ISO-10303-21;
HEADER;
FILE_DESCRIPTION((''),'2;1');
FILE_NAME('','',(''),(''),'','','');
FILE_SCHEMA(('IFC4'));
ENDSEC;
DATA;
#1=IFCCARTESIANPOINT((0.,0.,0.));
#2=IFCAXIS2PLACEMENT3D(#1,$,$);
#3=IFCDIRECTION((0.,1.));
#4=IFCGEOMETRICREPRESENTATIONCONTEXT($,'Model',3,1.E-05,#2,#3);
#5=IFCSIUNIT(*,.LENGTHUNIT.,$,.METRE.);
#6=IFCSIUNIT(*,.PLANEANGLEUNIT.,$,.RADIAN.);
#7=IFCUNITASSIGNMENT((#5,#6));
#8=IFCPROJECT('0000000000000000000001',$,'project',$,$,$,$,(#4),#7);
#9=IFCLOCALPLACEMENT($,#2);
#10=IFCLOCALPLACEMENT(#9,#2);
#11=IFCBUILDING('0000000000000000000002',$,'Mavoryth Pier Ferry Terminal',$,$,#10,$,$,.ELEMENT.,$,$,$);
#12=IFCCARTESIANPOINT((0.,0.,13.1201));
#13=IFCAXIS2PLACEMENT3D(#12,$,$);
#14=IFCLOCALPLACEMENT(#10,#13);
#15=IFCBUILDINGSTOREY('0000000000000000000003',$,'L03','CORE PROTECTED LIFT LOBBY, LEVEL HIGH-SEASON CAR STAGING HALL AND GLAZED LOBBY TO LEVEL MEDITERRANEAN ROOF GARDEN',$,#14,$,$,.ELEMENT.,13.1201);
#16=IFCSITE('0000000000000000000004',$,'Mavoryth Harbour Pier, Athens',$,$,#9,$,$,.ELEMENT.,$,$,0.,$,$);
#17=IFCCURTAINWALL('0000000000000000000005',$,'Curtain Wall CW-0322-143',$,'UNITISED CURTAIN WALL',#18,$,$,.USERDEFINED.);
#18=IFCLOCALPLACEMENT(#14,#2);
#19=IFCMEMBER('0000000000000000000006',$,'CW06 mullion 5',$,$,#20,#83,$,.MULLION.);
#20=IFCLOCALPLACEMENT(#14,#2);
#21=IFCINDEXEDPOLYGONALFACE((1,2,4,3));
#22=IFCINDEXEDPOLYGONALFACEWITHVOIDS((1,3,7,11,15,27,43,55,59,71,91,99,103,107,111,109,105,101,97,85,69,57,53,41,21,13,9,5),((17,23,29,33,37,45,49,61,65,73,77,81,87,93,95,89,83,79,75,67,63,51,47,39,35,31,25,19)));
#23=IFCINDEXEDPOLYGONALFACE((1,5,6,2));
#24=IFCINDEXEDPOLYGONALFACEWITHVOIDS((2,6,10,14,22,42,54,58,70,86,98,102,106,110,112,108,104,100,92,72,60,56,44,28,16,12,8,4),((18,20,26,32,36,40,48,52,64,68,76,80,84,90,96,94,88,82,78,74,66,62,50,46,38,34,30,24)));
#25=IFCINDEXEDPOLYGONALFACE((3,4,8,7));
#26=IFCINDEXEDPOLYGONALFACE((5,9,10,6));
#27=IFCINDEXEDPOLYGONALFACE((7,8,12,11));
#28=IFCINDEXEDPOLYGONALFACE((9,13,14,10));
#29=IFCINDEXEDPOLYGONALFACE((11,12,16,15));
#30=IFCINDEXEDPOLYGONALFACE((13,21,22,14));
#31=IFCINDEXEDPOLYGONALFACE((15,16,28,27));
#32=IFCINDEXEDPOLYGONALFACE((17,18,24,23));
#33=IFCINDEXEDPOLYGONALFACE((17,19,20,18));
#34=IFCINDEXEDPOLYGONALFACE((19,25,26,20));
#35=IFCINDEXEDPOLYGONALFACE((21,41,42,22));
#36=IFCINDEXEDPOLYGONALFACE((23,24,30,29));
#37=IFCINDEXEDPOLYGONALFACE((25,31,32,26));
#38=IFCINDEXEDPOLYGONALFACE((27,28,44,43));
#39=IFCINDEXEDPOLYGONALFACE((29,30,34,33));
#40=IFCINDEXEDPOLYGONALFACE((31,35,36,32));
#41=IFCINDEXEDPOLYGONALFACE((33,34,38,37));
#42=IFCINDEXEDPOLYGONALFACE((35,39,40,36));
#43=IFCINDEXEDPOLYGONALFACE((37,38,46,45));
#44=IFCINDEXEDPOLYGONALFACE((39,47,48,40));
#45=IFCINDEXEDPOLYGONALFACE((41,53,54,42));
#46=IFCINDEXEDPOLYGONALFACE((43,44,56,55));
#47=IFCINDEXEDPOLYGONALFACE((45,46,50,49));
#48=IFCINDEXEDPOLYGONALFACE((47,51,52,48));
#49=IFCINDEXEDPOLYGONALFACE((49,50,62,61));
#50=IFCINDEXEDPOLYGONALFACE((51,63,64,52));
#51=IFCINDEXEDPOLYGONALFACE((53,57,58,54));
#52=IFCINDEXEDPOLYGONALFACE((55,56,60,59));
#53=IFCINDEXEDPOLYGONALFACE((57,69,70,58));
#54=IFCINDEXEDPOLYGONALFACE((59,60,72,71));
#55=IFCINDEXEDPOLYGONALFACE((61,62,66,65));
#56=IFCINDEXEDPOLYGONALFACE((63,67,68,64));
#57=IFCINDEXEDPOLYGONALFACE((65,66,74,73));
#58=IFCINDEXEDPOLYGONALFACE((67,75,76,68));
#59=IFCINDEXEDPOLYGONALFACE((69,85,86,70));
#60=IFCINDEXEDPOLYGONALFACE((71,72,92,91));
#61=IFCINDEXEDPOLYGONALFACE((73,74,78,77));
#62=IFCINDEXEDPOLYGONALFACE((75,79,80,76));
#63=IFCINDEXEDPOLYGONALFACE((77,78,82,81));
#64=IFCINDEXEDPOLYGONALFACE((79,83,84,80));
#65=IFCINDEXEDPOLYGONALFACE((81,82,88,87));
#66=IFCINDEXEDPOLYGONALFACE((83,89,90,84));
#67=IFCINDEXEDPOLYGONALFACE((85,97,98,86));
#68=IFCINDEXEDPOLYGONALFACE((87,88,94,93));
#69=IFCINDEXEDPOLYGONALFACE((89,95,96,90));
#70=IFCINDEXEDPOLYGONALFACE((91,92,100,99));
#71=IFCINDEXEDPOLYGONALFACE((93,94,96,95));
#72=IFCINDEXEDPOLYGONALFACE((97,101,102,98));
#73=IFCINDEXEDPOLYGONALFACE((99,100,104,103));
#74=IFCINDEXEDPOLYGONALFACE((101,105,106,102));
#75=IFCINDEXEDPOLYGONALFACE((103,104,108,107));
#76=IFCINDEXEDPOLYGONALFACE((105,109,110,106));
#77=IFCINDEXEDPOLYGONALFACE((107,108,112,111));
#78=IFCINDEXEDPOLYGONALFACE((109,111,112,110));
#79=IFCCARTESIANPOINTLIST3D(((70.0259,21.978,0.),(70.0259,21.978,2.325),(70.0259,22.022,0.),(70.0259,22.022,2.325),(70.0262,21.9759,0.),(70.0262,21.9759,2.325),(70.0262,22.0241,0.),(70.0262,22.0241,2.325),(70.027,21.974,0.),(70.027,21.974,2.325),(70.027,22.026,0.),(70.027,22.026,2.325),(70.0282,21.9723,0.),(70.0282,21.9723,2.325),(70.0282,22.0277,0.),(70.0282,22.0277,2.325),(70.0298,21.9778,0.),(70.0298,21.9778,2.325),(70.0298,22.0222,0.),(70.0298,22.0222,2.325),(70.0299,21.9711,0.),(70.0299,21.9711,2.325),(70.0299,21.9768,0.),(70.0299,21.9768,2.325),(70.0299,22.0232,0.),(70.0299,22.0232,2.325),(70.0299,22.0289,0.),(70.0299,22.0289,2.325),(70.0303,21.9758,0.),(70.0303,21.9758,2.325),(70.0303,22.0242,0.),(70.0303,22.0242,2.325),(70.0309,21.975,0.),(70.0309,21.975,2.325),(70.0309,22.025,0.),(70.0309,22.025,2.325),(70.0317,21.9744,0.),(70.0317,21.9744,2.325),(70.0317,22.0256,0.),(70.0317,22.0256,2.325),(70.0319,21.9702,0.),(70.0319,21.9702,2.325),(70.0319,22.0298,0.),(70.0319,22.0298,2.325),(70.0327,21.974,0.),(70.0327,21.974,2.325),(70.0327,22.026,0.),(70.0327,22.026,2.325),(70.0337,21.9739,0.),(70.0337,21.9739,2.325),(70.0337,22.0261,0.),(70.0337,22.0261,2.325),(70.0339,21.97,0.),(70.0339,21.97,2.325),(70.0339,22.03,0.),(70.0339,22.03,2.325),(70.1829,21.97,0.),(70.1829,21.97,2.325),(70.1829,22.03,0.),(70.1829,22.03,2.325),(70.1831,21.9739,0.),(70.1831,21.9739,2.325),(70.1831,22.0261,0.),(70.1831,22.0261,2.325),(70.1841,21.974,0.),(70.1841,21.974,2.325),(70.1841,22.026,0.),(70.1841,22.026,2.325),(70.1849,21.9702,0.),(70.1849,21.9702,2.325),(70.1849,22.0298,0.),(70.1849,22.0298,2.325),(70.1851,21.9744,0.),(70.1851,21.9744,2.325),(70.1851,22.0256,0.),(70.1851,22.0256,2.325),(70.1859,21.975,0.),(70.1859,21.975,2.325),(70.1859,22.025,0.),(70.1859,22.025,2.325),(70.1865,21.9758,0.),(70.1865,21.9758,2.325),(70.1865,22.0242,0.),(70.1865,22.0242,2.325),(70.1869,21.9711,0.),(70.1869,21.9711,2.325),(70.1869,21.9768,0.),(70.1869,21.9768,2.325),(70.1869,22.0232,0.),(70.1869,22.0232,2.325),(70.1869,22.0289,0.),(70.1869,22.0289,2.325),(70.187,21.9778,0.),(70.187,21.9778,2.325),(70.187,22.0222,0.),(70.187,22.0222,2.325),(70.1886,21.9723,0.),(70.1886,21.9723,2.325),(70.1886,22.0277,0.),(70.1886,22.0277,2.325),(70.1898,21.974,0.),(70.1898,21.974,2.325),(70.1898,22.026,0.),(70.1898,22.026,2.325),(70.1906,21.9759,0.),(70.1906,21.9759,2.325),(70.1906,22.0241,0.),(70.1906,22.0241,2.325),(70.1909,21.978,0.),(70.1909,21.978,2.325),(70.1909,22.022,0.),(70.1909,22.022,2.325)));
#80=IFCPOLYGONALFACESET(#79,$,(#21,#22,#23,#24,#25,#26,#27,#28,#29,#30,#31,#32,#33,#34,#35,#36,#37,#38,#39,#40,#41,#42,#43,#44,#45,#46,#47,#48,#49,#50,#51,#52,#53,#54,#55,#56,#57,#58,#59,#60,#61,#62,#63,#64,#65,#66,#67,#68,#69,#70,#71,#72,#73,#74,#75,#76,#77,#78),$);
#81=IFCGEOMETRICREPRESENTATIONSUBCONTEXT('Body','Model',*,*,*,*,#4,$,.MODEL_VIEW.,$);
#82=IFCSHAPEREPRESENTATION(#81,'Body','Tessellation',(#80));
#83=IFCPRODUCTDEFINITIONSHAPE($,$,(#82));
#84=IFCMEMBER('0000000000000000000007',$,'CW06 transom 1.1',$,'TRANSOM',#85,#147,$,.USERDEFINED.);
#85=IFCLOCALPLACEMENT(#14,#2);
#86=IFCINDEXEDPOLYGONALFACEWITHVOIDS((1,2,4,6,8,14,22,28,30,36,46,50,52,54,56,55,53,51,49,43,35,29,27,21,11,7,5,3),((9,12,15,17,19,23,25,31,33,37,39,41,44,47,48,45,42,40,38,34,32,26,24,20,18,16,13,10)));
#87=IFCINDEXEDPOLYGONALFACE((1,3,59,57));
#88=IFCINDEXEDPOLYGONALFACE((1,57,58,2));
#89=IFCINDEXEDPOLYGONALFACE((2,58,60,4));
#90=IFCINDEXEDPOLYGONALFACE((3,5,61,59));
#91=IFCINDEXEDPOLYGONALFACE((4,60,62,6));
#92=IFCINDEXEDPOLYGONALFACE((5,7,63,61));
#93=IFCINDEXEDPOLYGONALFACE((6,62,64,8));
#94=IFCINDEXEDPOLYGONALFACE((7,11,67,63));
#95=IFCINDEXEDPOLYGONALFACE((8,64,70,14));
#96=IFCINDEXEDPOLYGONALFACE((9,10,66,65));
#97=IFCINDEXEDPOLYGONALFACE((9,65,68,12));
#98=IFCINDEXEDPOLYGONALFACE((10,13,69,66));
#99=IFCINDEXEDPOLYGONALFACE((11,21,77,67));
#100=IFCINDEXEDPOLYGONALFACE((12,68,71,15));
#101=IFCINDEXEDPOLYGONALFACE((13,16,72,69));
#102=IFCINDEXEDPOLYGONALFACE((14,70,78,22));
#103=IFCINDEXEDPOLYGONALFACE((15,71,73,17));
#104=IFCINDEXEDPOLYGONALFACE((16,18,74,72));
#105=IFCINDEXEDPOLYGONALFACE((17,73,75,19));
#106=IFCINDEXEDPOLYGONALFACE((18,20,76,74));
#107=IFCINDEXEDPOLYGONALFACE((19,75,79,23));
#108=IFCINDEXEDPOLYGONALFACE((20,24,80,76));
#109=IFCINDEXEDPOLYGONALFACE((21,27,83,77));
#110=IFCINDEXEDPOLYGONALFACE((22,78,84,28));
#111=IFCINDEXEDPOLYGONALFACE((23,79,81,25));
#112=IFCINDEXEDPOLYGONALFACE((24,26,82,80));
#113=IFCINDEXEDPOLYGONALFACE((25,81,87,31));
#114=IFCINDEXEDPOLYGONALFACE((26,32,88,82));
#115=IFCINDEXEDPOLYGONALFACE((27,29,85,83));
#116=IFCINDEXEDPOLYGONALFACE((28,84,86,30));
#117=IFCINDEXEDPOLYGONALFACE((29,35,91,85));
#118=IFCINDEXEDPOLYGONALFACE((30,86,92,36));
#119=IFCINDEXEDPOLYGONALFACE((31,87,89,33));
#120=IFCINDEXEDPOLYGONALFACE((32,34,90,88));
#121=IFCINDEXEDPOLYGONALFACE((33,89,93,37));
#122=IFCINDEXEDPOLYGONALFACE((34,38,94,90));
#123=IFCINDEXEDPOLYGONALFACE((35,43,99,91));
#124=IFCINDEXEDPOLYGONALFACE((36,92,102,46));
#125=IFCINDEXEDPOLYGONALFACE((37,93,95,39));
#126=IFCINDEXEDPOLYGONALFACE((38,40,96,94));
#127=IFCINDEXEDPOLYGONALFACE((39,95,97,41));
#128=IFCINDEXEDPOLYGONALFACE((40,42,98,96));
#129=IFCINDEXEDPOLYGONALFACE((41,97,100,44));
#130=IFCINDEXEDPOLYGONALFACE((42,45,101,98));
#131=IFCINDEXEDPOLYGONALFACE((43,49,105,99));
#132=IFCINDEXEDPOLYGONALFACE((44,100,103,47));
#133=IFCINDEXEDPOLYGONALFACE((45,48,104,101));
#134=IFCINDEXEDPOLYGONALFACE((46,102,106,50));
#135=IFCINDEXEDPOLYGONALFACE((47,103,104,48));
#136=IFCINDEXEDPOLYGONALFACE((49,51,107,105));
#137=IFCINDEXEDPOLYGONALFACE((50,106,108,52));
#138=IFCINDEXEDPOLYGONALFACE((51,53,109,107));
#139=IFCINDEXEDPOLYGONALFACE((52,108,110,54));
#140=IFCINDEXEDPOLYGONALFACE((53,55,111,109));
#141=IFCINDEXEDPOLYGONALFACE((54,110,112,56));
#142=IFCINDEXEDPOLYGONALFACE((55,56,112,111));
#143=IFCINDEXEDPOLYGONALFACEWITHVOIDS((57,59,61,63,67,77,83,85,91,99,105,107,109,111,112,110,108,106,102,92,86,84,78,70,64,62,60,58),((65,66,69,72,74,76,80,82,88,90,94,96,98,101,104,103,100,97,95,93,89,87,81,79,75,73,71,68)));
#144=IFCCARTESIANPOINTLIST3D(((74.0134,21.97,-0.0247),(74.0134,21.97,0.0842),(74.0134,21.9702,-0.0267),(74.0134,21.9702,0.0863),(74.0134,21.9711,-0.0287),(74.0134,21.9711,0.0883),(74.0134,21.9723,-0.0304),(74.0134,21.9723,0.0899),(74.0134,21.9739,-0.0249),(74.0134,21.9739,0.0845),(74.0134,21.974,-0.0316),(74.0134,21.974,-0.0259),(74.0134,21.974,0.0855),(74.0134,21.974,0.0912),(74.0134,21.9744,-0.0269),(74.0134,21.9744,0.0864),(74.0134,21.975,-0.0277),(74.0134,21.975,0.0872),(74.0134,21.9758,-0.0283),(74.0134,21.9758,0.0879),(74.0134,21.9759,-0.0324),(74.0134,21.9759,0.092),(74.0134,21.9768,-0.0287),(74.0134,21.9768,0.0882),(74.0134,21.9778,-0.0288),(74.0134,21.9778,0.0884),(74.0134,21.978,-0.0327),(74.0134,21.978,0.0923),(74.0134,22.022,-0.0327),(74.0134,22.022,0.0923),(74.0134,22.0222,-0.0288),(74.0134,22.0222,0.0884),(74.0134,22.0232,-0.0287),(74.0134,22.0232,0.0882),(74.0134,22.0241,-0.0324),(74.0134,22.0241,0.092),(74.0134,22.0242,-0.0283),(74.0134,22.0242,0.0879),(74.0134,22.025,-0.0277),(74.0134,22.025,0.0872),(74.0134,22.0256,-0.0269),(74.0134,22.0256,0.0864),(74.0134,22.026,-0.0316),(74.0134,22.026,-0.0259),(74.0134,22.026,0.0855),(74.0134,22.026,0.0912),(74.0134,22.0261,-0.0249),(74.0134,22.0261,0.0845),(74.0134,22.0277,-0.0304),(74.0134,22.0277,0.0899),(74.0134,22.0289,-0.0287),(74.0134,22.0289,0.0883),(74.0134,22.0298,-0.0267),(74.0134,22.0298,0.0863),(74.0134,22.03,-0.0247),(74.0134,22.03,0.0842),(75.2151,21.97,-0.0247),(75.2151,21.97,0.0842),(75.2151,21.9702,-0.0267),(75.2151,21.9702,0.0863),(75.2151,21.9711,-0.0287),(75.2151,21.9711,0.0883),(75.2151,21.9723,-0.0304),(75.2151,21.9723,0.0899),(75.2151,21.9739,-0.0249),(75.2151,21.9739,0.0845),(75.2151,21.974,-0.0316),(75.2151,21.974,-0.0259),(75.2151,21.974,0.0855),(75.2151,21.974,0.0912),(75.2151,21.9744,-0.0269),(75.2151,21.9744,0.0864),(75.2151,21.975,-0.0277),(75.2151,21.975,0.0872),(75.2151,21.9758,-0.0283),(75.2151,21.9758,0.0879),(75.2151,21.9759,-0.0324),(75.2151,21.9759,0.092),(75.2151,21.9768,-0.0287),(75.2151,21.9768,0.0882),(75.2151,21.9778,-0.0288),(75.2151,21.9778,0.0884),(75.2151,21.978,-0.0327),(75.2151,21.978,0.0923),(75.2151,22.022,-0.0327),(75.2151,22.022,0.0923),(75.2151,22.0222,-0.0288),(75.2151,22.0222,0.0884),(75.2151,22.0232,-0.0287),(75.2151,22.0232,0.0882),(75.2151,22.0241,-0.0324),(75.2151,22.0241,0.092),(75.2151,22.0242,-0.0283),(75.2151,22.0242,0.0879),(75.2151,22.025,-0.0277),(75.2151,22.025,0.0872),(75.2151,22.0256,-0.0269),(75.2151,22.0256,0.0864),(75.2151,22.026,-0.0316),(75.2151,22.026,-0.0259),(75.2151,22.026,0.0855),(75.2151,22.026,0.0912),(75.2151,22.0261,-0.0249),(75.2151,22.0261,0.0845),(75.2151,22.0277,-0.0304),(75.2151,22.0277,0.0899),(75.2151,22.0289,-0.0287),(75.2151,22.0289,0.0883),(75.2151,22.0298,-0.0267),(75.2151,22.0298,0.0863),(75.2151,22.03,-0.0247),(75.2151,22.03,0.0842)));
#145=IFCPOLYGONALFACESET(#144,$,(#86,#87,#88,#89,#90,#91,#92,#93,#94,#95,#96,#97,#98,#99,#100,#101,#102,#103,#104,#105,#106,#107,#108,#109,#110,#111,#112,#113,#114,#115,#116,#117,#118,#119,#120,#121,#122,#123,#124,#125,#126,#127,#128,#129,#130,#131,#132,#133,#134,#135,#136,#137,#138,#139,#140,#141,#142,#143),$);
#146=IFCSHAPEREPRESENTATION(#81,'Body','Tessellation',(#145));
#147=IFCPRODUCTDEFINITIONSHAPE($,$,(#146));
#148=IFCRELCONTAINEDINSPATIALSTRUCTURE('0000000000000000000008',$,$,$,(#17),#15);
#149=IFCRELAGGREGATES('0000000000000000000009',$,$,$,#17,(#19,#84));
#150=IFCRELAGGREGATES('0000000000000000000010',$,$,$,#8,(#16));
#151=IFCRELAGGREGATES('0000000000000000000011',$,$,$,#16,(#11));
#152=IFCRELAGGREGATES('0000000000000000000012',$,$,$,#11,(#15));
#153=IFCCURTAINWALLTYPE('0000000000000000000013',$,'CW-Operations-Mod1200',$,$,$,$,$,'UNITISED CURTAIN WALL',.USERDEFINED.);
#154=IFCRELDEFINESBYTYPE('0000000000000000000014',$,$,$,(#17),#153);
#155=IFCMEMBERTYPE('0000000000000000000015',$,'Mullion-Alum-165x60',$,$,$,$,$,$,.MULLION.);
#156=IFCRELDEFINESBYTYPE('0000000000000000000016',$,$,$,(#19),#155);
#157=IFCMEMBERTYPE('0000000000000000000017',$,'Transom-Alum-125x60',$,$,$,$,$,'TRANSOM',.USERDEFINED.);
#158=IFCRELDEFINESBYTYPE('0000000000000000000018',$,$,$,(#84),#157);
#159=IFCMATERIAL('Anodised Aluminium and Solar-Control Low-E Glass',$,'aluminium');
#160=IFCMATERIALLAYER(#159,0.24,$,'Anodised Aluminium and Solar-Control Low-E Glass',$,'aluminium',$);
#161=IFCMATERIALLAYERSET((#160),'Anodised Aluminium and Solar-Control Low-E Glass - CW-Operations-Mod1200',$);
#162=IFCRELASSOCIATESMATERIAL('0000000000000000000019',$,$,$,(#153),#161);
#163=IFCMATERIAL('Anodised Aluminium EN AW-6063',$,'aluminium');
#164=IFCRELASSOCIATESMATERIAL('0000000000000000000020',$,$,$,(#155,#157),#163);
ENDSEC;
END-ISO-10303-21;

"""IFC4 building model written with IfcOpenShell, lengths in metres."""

from ifc_helpers import new_model, si_unit, direction, frame, origin, origin_2d, place, context, subcontext, project, spatial, hollow_rectangle, extrude, material, layer, layer_set, material_profile, profile_set, type_object, element, aggregate, save


model = new_model("IFC4")

# Units and contexts
model_context = context("Model", 3, precision=1e-05, world=origin(), true_north=direction((0.0, 1.0)))
body_context = subcontext(model_context, "Body", "Model", "MODEL_VIEW")
ifc_project = project(units=[si_unit("LENGTHUNIT", "METRE"), si_unit("PLANEANGLEUNIT", "RADIAN")], contexts=[model_context])

# Site, building, storey
site_placement = place(None, origin())
site = spatial("IfcSite", under=ifc_project, at=site_placement, Name="Mavoryth Harbour Pier, Athens", CompositionType="ELEMENT", RefElevation=0.0)
building_placement = place(site_placement, origin())
building = spatial("IfcBuilding", under=site, at=building_placement, Name="Mavoryth Pier Ferry Terminal", CompositionType="ELEMENT")
storey_placement = place(building_placement, frame((0.0, 0.0, 13.1201)))
storey = spatial("IfcBuildingStorey", under=building, at=storey_placement, Name="L03", Description="CORE PROTECTED LIFT LOBBY, LEVEL HIGH-SEASON CAR STAGING HALL AND GLAZED LOBBY TO LEVEL MEDITERRANEAN ROOF GARDEN", CompositionType="ELEMENT", Elevation=13.1201)

# Curtain wall, members
ifc_material_1 = material(Name="Anodised Aluminium and Solar-Control Low-E Glass", Category="aluminium")
ifc_layer_1 = layer(ifc_material_1, 0.24, Name="Anodised Aluminium and Solar-Control Low-E Glass", Category="aluminium")
ifc_layer_set_1 = layer_set([ifc_layer_1], Name="Anodised Aluminium and Solar-Control Low-E Glass - CW-Operations-Mod1200")
curtain_wall_type = type_object("IfcCurtainWallType", Name="CW-Operations-Mod1200", ElementType="UNITISED CURTAIN WALL", PredefinedType="USERDEFINED", material=ifc_layer_set_1)
curtain_wall_placement = place(storey_placement, origin())
curtain_wall = element("IfcCurtainWall", 1, at=curtain_wall_placement, inside=storey, type_object=curtain_wall_type, Name="Curtain Wall CW-0322-143", ObjectType="UNITISED CURTAIN WALL", PredefinedType="USERDEFINED")
ifc_material_2 = material(Name="Anodised Aluminium EN AW-6063", Category="aluminium")
ifc_material_profile_1 = material_profile(ifc_material_2, hollow_rectangle(XDim=0.0601, YDim=0.165, WallThickness=0.0039, InnerFilletRadius=0.0039, OuterFilletRadius=0.0081, at=origin_2d()), Name="AL-MULL 165x60x4", Category="aluminium")
ifc_profile_set_1 = profile_set([ifc_material_profile_1], Name="Anodised Aluminium EN AW-6063 - AL-MULL 165x60x4")
member_type_1 = type_object("IfcMemberType", Name="Mullion-Alum-165x60", PredefinedType="MULLION", material=ifc_profile_set_1)
member_1_placement = place(storey_placement, frame((70.1084, 22.0, 0.0), z_axis=(0.0, 0.0, 1.0), x_axis=(0.0, -1.0, 0.0)))
member_1 = element("IfcMember", 2, at=member_1_placement, type_object=member_type_1, Name="CW06 mullion 5", PredefinedType="MULLION", context=body_context, shape_type="SweptSolid", body=[
    extrude(hollow_rectangle(XDim=0.0601, YDim=0.165, WallThickness=0.0039, InnerFilletRadius=0.0039, OuterFilletRadius=0.0081, at=origin_2d()), origin(), (0.0, 0.0, 1.0), 2.325),
])
ifc_material_profile_2 = material_profile(ifc_material_2, hollow_rectangle(XDim=0.0601, YDim=0.125, WallThickness=0.0039, InnerFilletRadius=0.0039, OuterFilletRadius=0.0081, at=origin_2d()), Name="AL-TRAN 125x60x4", Category="aluminium")
ifc_profile_set_2 = profile_set([ifc_material_profile_2], Name="Anodised Aluminium EN AW-6063 - AL-TRAN 125x60x4")
member_type_2 = type_object("IfcMemberType", Name="Transom-Alum-125x60", ElementType="TRANSOM", PredefinedType="USERDEFINED", material=ifc_profile_set_2)
member_2_placement = place(storey_placement, frame((75.2151, 22.0, 0.0298), z_axis=(-1.0, 0.0, 0.0), x_axis=(0.0, -1.0, 0.0)))
member_2 = element("IfcMember", 3, at=member_2_placement, type_object=member_type_2, Name="CW06 transom 1.1", ObjectType="TRANSOM", PredefinedType="USERDEFINED", context=body_context, shape_type="SweptSolid", body=[
    extrude(hollow_rectangle(XDim=0.0601, YDim=0.125, WallThickness=0.0039, InnerFilletRadius=0.0039, OuterFilletRadius=0.0081, at=origin_2d()), origin(), (0.0, 0.0, 1.0), 1.2017),
])
aggregate(curtain_wall, [member_1, member_2])

save(model, "model.ifc")
